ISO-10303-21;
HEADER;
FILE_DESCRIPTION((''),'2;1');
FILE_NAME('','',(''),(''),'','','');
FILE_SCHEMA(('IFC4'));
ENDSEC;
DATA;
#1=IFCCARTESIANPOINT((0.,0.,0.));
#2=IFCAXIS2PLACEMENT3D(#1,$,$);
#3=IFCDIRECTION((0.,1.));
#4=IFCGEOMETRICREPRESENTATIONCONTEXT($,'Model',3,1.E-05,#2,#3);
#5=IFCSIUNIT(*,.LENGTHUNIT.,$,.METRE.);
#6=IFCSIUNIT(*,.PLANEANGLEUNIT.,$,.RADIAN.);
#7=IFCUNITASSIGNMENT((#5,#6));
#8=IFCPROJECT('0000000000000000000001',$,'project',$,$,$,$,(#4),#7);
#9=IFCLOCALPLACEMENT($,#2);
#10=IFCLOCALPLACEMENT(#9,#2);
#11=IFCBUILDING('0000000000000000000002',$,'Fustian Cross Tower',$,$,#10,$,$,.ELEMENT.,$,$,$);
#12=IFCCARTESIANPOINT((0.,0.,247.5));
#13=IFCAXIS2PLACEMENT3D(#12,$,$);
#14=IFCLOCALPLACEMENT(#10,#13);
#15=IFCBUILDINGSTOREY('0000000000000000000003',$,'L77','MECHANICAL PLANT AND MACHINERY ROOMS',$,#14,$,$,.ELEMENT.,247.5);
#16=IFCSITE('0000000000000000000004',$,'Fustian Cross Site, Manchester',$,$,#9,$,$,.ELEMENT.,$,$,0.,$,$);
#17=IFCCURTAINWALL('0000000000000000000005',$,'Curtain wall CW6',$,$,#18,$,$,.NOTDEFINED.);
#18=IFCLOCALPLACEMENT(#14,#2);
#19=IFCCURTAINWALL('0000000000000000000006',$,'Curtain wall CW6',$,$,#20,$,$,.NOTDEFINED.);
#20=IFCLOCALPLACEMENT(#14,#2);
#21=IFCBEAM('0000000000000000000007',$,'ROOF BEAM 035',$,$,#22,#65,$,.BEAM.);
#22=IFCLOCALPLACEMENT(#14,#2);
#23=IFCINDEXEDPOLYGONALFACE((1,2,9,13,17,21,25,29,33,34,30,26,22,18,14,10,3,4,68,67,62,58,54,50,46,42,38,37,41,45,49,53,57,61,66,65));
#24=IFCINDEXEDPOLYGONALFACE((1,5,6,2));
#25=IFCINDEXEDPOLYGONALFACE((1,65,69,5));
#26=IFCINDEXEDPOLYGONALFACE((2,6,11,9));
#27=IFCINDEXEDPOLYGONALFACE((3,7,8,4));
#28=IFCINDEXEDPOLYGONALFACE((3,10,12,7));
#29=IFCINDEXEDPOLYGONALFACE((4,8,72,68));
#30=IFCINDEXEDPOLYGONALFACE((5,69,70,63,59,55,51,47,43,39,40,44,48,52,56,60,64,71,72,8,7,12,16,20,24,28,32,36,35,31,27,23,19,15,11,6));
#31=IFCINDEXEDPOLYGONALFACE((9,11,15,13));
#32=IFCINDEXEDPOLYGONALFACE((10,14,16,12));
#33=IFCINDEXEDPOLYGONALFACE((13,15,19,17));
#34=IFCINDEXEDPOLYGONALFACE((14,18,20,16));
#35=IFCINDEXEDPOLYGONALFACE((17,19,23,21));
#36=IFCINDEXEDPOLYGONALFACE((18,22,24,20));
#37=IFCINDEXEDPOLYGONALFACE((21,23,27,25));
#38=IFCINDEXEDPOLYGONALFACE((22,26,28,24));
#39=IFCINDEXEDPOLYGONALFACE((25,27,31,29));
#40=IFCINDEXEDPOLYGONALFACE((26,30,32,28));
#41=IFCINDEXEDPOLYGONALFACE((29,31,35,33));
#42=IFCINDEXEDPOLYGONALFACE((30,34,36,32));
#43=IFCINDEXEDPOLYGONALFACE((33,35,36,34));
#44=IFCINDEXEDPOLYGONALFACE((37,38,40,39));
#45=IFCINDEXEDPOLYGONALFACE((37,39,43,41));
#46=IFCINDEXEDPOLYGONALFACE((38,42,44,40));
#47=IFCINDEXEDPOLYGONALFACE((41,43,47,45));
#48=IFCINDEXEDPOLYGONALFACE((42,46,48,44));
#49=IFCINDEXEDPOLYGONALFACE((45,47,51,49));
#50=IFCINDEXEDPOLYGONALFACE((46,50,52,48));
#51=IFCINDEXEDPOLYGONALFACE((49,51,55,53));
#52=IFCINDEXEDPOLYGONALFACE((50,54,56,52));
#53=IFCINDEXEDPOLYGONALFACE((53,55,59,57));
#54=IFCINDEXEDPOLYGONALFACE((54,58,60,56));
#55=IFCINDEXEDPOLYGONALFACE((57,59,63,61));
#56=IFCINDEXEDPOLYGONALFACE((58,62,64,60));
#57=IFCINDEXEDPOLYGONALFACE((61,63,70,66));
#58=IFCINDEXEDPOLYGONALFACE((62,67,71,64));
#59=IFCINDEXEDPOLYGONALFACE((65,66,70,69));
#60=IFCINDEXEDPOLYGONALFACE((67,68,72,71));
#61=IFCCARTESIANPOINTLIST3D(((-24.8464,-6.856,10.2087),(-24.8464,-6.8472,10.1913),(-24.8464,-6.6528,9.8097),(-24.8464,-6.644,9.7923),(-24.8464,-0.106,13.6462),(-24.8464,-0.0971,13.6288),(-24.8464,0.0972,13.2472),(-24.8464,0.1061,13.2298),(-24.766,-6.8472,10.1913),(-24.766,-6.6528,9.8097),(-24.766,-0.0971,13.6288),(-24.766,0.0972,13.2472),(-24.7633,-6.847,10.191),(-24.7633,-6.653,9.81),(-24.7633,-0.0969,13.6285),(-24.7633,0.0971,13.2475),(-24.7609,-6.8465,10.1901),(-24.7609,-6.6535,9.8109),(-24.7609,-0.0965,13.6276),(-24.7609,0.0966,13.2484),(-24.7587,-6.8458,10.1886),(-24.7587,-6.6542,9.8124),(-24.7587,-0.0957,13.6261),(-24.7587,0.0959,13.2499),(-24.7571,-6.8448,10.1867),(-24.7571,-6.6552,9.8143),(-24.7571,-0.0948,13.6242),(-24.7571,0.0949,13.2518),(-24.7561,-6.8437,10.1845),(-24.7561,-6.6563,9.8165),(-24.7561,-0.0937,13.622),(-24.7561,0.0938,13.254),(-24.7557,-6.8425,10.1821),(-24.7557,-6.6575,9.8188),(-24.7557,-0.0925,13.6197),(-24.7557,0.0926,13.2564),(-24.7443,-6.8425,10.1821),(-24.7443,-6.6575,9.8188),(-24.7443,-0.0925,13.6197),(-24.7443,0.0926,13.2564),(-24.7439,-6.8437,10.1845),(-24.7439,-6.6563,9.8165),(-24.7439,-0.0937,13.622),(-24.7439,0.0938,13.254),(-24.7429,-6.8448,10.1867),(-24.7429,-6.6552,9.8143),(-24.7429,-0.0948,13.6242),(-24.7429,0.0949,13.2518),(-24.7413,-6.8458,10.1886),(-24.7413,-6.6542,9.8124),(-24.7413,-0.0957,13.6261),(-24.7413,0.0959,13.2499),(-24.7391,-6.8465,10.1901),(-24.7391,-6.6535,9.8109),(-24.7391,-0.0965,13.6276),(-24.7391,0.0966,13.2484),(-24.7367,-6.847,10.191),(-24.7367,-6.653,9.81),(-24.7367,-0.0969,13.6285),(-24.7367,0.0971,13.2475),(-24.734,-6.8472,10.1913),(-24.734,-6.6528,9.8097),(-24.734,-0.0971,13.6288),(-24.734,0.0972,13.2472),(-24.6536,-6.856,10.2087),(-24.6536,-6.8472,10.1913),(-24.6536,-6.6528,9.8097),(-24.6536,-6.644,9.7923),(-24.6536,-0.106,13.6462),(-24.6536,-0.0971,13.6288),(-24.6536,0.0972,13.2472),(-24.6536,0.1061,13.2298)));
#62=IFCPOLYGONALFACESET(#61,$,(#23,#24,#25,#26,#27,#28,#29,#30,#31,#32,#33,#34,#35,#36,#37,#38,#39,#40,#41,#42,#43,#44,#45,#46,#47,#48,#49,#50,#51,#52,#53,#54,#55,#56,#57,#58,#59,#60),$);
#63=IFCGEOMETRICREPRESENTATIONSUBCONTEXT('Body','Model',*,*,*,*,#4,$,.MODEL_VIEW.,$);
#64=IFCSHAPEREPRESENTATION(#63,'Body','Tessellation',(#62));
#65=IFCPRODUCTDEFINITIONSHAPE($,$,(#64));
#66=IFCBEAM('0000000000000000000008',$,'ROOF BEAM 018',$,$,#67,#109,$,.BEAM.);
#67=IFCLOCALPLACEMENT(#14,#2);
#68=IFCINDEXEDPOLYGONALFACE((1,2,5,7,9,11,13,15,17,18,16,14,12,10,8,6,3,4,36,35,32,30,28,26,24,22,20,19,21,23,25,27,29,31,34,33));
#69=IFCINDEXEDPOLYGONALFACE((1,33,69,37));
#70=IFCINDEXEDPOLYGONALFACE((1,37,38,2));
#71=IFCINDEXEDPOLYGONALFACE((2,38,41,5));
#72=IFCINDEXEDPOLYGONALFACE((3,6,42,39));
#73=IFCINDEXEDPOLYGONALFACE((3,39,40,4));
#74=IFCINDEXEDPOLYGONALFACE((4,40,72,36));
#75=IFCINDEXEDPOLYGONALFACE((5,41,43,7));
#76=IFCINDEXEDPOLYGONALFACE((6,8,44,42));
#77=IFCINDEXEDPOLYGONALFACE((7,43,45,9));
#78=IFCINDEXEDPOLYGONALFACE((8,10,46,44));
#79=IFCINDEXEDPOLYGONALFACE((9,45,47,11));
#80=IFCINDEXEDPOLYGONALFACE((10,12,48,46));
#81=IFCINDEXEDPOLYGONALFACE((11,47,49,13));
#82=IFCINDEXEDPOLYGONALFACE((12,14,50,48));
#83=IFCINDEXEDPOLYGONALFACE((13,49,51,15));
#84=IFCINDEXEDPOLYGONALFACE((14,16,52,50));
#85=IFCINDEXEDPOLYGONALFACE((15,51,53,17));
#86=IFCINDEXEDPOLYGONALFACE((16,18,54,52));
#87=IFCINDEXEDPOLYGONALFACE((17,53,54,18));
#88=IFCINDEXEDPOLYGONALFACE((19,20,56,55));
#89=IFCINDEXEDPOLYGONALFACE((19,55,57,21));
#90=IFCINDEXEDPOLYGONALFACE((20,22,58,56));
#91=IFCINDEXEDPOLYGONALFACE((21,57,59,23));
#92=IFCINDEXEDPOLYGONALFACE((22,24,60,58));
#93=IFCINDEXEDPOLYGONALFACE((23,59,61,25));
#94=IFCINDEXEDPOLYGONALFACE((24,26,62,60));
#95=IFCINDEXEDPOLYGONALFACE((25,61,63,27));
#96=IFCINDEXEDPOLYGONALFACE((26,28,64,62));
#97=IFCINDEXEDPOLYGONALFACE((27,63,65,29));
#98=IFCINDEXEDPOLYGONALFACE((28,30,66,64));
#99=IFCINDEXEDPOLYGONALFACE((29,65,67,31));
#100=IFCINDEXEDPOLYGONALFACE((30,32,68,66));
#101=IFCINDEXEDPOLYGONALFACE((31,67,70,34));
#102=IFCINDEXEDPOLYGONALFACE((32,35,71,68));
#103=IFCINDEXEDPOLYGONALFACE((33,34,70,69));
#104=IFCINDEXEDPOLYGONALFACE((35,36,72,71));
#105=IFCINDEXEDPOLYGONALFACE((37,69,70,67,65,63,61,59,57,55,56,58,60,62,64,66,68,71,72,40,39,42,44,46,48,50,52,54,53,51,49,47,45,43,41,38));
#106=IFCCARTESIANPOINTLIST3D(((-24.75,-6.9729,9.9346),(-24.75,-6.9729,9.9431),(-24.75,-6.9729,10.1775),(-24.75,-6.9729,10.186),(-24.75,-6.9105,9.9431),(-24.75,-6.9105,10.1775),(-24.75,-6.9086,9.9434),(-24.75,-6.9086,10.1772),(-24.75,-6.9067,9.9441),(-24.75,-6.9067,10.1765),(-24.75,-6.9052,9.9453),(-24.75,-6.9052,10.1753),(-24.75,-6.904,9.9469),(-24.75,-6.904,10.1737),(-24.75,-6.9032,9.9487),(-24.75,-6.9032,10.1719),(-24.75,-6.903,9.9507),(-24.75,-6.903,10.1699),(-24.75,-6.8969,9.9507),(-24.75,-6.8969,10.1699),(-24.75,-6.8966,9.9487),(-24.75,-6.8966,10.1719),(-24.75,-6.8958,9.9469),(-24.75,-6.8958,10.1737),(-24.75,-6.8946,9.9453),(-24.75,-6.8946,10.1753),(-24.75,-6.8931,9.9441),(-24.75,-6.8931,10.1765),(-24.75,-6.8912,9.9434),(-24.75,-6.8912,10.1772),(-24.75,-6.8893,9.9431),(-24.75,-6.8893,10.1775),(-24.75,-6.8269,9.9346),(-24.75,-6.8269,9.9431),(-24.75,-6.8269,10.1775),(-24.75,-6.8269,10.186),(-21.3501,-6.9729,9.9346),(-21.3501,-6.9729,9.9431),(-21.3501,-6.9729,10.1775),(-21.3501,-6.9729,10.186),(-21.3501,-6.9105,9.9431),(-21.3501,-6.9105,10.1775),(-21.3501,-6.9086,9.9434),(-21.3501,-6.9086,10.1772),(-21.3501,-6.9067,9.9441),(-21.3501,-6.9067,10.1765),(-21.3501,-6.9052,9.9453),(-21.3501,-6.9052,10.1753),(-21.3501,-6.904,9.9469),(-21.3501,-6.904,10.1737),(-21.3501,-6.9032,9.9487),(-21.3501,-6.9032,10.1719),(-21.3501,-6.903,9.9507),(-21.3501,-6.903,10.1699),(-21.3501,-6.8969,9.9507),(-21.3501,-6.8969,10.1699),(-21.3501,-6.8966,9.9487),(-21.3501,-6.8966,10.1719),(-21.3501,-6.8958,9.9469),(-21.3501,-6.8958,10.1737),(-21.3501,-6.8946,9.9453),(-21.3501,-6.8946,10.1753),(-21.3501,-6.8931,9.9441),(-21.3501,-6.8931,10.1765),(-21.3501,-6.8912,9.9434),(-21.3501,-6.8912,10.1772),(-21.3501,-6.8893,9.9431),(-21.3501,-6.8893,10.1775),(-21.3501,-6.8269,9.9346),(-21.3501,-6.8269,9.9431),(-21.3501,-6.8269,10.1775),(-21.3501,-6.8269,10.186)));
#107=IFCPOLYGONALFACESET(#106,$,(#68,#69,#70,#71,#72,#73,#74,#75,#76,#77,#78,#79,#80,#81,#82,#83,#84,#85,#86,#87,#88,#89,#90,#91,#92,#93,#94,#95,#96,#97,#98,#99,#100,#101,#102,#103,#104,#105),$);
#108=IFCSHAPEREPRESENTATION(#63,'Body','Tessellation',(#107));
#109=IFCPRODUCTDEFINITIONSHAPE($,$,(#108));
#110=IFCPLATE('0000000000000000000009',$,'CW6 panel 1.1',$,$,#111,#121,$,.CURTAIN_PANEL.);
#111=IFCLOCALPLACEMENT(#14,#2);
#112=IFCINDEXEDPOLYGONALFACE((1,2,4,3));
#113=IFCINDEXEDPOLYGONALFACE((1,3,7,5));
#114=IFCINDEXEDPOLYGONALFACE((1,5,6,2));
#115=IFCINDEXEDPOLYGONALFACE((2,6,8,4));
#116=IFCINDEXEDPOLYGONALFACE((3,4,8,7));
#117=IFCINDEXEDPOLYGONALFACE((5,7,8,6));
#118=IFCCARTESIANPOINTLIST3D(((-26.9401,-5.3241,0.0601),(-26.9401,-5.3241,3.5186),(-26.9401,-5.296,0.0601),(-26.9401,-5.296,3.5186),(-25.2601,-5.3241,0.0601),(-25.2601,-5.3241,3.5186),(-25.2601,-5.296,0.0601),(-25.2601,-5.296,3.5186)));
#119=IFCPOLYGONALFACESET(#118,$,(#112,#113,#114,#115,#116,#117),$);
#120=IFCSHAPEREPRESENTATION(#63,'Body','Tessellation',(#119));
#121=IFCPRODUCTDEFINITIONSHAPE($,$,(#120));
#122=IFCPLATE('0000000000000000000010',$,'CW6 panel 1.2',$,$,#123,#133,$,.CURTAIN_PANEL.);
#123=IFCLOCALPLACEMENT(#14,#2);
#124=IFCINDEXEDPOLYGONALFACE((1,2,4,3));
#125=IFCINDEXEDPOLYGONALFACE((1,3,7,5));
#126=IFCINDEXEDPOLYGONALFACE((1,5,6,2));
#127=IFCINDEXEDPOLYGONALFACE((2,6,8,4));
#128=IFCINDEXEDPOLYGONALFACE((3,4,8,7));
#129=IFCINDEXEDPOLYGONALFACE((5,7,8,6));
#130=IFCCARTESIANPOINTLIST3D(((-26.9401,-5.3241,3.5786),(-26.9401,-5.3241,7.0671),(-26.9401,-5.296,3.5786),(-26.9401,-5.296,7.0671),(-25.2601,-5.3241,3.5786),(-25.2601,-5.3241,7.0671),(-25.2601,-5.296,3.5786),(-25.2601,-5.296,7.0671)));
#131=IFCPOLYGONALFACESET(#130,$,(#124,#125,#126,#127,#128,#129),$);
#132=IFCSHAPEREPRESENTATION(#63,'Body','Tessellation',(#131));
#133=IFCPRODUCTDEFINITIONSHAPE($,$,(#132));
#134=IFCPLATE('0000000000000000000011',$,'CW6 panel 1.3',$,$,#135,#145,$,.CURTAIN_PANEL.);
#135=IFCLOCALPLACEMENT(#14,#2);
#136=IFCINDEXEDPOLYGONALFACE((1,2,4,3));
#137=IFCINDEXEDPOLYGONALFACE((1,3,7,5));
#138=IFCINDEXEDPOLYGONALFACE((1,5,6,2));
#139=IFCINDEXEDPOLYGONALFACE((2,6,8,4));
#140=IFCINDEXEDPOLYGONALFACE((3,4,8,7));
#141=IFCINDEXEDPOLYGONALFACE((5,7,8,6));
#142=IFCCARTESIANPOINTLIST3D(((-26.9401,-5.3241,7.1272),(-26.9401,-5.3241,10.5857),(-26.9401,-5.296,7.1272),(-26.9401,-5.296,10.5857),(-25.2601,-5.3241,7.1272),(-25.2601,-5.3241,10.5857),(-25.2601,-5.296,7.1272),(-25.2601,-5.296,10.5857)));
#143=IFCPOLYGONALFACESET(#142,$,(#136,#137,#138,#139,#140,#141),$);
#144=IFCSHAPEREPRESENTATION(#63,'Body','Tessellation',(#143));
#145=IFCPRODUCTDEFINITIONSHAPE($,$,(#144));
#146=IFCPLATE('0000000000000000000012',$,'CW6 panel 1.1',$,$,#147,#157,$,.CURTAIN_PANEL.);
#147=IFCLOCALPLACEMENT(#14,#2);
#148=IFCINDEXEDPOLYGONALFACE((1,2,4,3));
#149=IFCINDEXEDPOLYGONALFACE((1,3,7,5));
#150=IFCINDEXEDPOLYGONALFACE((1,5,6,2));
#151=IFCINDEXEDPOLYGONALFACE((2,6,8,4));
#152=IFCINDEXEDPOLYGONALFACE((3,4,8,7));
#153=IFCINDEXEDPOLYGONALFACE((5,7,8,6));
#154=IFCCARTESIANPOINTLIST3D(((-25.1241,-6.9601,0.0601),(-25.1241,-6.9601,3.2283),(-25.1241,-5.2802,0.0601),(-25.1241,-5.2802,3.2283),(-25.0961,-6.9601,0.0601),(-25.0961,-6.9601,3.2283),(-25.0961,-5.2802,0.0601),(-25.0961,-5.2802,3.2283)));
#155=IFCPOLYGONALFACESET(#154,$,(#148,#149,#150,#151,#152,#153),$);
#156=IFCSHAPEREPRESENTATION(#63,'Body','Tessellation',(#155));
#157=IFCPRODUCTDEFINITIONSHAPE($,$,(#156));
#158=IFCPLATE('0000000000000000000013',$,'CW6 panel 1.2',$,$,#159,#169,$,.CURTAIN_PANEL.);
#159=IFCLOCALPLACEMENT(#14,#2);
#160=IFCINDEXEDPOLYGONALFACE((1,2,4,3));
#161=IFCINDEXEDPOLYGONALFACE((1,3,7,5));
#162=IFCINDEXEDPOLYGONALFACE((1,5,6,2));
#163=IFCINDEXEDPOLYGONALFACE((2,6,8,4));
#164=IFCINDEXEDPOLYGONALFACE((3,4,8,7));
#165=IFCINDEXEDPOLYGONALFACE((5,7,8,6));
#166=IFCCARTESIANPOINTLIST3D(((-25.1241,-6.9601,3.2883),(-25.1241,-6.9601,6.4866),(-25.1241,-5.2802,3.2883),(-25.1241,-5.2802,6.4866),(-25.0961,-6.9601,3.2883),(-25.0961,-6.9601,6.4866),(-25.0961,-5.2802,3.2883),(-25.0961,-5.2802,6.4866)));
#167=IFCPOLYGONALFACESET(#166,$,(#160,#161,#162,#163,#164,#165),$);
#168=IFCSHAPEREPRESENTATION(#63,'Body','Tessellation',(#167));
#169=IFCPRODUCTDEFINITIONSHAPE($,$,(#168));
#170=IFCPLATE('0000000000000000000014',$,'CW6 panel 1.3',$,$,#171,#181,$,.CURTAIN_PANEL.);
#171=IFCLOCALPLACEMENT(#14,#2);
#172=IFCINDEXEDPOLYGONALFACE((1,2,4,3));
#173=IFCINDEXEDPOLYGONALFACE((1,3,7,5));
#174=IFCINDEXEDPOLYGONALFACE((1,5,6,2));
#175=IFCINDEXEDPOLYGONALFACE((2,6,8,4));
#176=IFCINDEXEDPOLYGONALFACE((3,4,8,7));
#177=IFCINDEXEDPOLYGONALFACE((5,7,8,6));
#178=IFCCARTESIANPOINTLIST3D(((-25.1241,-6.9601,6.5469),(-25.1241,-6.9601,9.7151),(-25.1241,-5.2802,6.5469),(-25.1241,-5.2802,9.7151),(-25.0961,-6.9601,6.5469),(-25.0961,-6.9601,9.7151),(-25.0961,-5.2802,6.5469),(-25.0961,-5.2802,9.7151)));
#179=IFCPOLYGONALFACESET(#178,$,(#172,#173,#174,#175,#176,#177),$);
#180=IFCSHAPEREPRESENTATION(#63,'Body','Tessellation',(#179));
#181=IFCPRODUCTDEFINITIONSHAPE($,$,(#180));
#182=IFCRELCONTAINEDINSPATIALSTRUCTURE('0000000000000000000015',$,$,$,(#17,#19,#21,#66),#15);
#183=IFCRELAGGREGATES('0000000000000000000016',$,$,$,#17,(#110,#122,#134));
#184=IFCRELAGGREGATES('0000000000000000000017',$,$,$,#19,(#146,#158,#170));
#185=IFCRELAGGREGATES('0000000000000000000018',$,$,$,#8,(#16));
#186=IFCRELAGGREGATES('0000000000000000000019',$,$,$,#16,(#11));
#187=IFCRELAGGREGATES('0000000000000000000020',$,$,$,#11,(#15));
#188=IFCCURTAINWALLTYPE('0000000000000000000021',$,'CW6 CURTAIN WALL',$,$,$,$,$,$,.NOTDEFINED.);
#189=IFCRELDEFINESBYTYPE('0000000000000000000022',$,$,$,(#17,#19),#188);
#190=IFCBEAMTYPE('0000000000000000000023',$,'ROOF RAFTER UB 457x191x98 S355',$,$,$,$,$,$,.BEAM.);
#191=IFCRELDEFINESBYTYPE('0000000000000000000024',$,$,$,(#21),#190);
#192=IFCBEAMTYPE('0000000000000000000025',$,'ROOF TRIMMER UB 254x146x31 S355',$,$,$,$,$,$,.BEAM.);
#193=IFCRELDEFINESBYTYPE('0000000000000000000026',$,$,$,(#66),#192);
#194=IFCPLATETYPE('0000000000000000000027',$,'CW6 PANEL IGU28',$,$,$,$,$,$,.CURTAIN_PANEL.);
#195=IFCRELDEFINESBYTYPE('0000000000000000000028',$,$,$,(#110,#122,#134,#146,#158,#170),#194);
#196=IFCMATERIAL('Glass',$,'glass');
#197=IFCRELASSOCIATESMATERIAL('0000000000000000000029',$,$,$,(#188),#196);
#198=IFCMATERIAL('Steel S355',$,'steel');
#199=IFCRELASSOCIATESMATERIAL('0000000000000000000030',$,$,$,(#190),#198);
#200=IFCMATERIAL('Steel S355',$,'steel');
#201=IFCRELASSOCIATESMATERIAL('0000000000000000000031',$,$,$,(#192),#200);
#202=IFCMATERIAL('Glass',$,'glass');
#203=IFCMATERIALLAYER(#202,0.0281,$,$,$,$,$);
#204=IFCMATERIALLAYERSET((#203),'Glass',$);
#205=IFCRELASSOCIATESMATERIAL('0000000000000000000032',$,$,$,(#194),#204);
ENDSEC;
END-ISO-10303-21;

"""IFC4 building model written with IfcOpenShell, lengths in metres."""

from ifc_helpers import new_model, si_unit, direction, frame, origin, origin_2d, place, context, subcontext, project, spatial, rectangle, i_section, extrude, material, layer, layer_set, material_profile, profile_set, type_object, element, aggregate, save


model = new_model("IFC4")

# Units and contexts
model_context = context("Model", 3, precision=1e-05, world=origin(), true_north=direction((0.0, 1.0)))
body_context = subcontext(model_context, "Body", "Model", "MODEL_VIEW")
ifc_project = project(units=[si_unit("LENGTHUNIT", "METRE"), si_unit("PLANEANGLEUNIT", "RADIAN")], contexts=[model_context])

# Site, building, storey
site_placement = place(None, origin())
site = spatial("IfcSite", under=ifc_project, at=site_placement, Name="Fustian Cross Site, Manchester", CompositionType="ELEMENT", RefElevation=0.0)
building_placement = place(site_placement, origin())
building = spatial("IfcBuilding", under=site, at=building_placement, Name="Fustian Cross Tower", CompositionType="ELEMENT")
storey_placement = place(building_placement, frame((0.0, 0.0, 247.5)))
storey = spatial("IfcBuildingStorey", under=building, at=storey_placement, Name="L77", Description="MECHANICAL PLANT AND MACHINERY ROOMS", CompositionType="ELEMENT", Elevation=247.5)

# Curtain wall
ifc_material_1 = material(Name="Glass", Category="glass")
curtain_wall_type = type_object("IfcCurtainWallType", Name="CW6 CURTAIN WALL", PredefinedType="NOTDEFINED", material=ifc_material_1)
curtain_wall_1_placement = place(storey_placement, origin())
curtain_wall_1 = element("IfcCurtainWall", 1, at=curtain_wall_1_placement, inside=storey, type_object=curtain_wall_type, Name="Curtain wall CW6", PredefinedType="NOTDEFINED")

# Curtain wall
curtain_wall_2_placement = place(storey_placement, origin())
curtain_wall_2 = element("IfcCurtainWall", 2, at=curtain_wall_2_placement, inside=storey, type_object=curtain_wall_type, Name="Curtain wall CW6", PredefinedType="NOTDEFINED")

# Beams
ifc_material_2 = material(Name="Steel S355", Category="steel")
ifc_material_profile_1 = material_profile(ifc_material_2, i_section(OverallWidth=0.1929, OverallDepth=0.4673, WebThickness=0.0115, FlangeThickness=0.0195, FilletRadius=0.0103, at=origin_2d()), Name="UB 457x191x98")
ifc_profile_set_1 = profile_set([ifc_material_profile_1], Name="Steel S355")
beam_type_1 = type_object("IfcBeamType", Name="ROOF RAFTER UB 457x191x98 S355", PredefinedType="BEAM", material=ifc_profile_set_1)
beam_1_placement = place(storey_placement, frame((-24.75, -6.75, 10.0005), z_axis=(0.0, 0.891102, 0.453802), x_axis=(-1.0, 0.0, 0.0)))
element("IfcBeam", 3, at=beam_1_placement, inside=storey, type_object=beam_type_1, Name="ROOF BEAM 035", PredefinedType="BEAM", context=body_context, shape_type="SweptSolid", body=[
    extrude(i_section(OverallWidth=0.1929, OverallDepth=0.4673, WebThickness=0.0115, FlangeThickness=0.0195, FilletRadius=0.0103, at=origin_2d()), origin(), (0.0, 0.0, 1.0), 7.575),
])
ifc_material_3 = material(Name="Steel S355", Category="steel")
ifc_material_profile_2 = material_profile(ifc_material_3, i_section(OverallWidth=0.146, OverallDepth=0.2515, WebThickness=0.0061, FlangeThickness=0.0085, FilletRadius=0.0076, at=origin_2d()), Name="UB 254x146x31")
ifc_profile_set_2 = profile_set([ifc_material_profile_2], Name="Steel S355")
beam_type_2 = type_object("IfcBeamType", Name="ROOF TRIMMER UB 254x146x31 S355", PredefinedType="BEAM", material=ifc_profile_set_2)
beam_2_placement = place(storey_placement, frame((-24.75, -6.8999, 10.0603), z_axis=(1.0, 0.0, 0.0), x_axis=(0.0, 1.0, 0.0)))
element("IfcBeam", 4, at=beam_2_placement, inside=storey, type_object=beam_type_2, Name="ROOF BEAM 018", PredefinedType="BEAM", context=body_context, shape_type="SweptSolid", body=[
    extrude(i_section(OverallWidth=0.146, OverallDepth=0.2515, WebThickness=0.0061, FlangeThickness=0.0085, FilletRadius=0.0076, at=origin_2d()), origin(), (0.0, 0.0, 1.0), 3.3999),
])

# Plates
ifc_material_4 = material(Name="Glass", Category="glass")
ifc_layer_1 = layer(ifc_material_4, 0.0281)
ifc_layer_set_1 = layer_set([ifc_layer_1], Name="Glass")
plate_type = type_object("IfcPlateType", Name="CW6 PANEL IGU28", PredefinedType="CURTAIN_PANEL", material=ifc_layer_set_1)
plate_1_placement = place(storey_placement, frame((-26.1001, -5.3101, 0.0601), z_axis=(0.0, 0.0, 1.0), x_axis=(1.0, 0.0, 0.0)))
plate_1 = element("IfcPlate", 5, at=plate_1_placement, type_object=plate_type, Name="CW6 panel 1.1", PredefinedType="CURTAIN_PANEL", context=body_context, shape_type="SweptSolid", body=[
    extrude(rectangle(XDim=1.6799, YDim=0.0281, at=origin_2d()), origin(), (0.0, 0.0, 1.0), 3.4585),
])
plate_2_placement = place(storey_placement, frame((-26.1001, -5.3101, 3.5786), z_axis=(0.0, 0.0, 1.0), x_axis=(1.0, 0.0, 0.0)))
plate_2 = element("IfcPlate", 6, at=plate_2_placement, type_object=plate_type, Name="CW6 panel 1.2", PredefinedType="CURTAIN_PANEL", context=body_context, shape_type="SweptSolid", body=[
    extrude(rectangle(XDim=1.6799, YDim=0.0281, at=origin_2d()), origin(), (0.0, 0.0, 1.0), 3.4885),
])
plate_3_placement = place(storey_placement, frame((-26.1001, -5.3101, 7.1272), z_axis=(0.0, 0.0, 1.0), x_axis=(1.0, 0.0, 0.0)))
plate_3 = element("IfcPlate", 7, at=plate_3_placement, type_object=plate_type, Name="CW6 panel 1.3", PredefinedType="CURTAIN_PANEL", context=body_context, shape_type="SweptSolid", body=[
    extrude(rectangle(XDim=1.6799, YDim=0.0281, at=origin_2d()), origin(), (0.0, 0.0, 1.0), 3.4585),
])
aggregate(curtain_wall_1, [plate_1, plate_2, plate_3])
plate_4_placement = place(storey_placement, frame((-25.1101, -6.1201, 0.0601), z_axis=(0.0, 0.0, 1.0), x_axis=(0.0, -1.0, 0.0)))
plate_4 = element("IfcPlate", 8, at=plate_4_placement, type_object=plate_type, Name="CW6 panel 1.1", PredefinedType="CURTAIN_PANEL", context=body_context, shape_type="SweptSolid", body=[
    extrude(rectangle(XDim=1.6799, YDim=0.0281, at=origin_2d()), origin(), (0.0, 0.0, 1.0), 3.1682),
])
plate_5_placement = place(storey_placement, frame((-25.1101, -6.1201, 3.2883), z_axis=(0.0, 0.0, 1.0), x_axis=(0.0, -1.0, 0.0)))
plate_5 = element("IfcPlate", 9, at=plate_5_placement, type_object=plate_type, Name="CW6 panel 1.2", PredefinedType="CURTAIN_PANEL", context=body_context, shape_type="SweptSolid", body=[
    extrude(rectangle(XDim=1.6799, YDim=0.0281, at=origin_2d()), origin(), (0.0, 0.0, 1.0), 3.1982),
])
plate_6_placement = place(storey_placement, frame((-25.1101, -6.1201, 6.5469), z_axis=(0.0, 0.0, 1.0), x_axis=(0.0, -1.0, 0.0)))
plate_6 = element("IfcPlate", 10, at=plate_6_placement, type_object=plate_type, Name="CW6 panel 1.3", PredefinedType="CURTAIN_PANEL", context=body_context, shape_type="SweptSolid", body=[
    extrude(rectangle(XDim=1.6799, YDim=0.0281, at=origin_2d()), origin(), (0.0, 0.0, 1.0), 3.1682),
])
aggregate(curtain_wall_2, [plate_4, plate_5, plate_6])

save(model, "model.ifc")
